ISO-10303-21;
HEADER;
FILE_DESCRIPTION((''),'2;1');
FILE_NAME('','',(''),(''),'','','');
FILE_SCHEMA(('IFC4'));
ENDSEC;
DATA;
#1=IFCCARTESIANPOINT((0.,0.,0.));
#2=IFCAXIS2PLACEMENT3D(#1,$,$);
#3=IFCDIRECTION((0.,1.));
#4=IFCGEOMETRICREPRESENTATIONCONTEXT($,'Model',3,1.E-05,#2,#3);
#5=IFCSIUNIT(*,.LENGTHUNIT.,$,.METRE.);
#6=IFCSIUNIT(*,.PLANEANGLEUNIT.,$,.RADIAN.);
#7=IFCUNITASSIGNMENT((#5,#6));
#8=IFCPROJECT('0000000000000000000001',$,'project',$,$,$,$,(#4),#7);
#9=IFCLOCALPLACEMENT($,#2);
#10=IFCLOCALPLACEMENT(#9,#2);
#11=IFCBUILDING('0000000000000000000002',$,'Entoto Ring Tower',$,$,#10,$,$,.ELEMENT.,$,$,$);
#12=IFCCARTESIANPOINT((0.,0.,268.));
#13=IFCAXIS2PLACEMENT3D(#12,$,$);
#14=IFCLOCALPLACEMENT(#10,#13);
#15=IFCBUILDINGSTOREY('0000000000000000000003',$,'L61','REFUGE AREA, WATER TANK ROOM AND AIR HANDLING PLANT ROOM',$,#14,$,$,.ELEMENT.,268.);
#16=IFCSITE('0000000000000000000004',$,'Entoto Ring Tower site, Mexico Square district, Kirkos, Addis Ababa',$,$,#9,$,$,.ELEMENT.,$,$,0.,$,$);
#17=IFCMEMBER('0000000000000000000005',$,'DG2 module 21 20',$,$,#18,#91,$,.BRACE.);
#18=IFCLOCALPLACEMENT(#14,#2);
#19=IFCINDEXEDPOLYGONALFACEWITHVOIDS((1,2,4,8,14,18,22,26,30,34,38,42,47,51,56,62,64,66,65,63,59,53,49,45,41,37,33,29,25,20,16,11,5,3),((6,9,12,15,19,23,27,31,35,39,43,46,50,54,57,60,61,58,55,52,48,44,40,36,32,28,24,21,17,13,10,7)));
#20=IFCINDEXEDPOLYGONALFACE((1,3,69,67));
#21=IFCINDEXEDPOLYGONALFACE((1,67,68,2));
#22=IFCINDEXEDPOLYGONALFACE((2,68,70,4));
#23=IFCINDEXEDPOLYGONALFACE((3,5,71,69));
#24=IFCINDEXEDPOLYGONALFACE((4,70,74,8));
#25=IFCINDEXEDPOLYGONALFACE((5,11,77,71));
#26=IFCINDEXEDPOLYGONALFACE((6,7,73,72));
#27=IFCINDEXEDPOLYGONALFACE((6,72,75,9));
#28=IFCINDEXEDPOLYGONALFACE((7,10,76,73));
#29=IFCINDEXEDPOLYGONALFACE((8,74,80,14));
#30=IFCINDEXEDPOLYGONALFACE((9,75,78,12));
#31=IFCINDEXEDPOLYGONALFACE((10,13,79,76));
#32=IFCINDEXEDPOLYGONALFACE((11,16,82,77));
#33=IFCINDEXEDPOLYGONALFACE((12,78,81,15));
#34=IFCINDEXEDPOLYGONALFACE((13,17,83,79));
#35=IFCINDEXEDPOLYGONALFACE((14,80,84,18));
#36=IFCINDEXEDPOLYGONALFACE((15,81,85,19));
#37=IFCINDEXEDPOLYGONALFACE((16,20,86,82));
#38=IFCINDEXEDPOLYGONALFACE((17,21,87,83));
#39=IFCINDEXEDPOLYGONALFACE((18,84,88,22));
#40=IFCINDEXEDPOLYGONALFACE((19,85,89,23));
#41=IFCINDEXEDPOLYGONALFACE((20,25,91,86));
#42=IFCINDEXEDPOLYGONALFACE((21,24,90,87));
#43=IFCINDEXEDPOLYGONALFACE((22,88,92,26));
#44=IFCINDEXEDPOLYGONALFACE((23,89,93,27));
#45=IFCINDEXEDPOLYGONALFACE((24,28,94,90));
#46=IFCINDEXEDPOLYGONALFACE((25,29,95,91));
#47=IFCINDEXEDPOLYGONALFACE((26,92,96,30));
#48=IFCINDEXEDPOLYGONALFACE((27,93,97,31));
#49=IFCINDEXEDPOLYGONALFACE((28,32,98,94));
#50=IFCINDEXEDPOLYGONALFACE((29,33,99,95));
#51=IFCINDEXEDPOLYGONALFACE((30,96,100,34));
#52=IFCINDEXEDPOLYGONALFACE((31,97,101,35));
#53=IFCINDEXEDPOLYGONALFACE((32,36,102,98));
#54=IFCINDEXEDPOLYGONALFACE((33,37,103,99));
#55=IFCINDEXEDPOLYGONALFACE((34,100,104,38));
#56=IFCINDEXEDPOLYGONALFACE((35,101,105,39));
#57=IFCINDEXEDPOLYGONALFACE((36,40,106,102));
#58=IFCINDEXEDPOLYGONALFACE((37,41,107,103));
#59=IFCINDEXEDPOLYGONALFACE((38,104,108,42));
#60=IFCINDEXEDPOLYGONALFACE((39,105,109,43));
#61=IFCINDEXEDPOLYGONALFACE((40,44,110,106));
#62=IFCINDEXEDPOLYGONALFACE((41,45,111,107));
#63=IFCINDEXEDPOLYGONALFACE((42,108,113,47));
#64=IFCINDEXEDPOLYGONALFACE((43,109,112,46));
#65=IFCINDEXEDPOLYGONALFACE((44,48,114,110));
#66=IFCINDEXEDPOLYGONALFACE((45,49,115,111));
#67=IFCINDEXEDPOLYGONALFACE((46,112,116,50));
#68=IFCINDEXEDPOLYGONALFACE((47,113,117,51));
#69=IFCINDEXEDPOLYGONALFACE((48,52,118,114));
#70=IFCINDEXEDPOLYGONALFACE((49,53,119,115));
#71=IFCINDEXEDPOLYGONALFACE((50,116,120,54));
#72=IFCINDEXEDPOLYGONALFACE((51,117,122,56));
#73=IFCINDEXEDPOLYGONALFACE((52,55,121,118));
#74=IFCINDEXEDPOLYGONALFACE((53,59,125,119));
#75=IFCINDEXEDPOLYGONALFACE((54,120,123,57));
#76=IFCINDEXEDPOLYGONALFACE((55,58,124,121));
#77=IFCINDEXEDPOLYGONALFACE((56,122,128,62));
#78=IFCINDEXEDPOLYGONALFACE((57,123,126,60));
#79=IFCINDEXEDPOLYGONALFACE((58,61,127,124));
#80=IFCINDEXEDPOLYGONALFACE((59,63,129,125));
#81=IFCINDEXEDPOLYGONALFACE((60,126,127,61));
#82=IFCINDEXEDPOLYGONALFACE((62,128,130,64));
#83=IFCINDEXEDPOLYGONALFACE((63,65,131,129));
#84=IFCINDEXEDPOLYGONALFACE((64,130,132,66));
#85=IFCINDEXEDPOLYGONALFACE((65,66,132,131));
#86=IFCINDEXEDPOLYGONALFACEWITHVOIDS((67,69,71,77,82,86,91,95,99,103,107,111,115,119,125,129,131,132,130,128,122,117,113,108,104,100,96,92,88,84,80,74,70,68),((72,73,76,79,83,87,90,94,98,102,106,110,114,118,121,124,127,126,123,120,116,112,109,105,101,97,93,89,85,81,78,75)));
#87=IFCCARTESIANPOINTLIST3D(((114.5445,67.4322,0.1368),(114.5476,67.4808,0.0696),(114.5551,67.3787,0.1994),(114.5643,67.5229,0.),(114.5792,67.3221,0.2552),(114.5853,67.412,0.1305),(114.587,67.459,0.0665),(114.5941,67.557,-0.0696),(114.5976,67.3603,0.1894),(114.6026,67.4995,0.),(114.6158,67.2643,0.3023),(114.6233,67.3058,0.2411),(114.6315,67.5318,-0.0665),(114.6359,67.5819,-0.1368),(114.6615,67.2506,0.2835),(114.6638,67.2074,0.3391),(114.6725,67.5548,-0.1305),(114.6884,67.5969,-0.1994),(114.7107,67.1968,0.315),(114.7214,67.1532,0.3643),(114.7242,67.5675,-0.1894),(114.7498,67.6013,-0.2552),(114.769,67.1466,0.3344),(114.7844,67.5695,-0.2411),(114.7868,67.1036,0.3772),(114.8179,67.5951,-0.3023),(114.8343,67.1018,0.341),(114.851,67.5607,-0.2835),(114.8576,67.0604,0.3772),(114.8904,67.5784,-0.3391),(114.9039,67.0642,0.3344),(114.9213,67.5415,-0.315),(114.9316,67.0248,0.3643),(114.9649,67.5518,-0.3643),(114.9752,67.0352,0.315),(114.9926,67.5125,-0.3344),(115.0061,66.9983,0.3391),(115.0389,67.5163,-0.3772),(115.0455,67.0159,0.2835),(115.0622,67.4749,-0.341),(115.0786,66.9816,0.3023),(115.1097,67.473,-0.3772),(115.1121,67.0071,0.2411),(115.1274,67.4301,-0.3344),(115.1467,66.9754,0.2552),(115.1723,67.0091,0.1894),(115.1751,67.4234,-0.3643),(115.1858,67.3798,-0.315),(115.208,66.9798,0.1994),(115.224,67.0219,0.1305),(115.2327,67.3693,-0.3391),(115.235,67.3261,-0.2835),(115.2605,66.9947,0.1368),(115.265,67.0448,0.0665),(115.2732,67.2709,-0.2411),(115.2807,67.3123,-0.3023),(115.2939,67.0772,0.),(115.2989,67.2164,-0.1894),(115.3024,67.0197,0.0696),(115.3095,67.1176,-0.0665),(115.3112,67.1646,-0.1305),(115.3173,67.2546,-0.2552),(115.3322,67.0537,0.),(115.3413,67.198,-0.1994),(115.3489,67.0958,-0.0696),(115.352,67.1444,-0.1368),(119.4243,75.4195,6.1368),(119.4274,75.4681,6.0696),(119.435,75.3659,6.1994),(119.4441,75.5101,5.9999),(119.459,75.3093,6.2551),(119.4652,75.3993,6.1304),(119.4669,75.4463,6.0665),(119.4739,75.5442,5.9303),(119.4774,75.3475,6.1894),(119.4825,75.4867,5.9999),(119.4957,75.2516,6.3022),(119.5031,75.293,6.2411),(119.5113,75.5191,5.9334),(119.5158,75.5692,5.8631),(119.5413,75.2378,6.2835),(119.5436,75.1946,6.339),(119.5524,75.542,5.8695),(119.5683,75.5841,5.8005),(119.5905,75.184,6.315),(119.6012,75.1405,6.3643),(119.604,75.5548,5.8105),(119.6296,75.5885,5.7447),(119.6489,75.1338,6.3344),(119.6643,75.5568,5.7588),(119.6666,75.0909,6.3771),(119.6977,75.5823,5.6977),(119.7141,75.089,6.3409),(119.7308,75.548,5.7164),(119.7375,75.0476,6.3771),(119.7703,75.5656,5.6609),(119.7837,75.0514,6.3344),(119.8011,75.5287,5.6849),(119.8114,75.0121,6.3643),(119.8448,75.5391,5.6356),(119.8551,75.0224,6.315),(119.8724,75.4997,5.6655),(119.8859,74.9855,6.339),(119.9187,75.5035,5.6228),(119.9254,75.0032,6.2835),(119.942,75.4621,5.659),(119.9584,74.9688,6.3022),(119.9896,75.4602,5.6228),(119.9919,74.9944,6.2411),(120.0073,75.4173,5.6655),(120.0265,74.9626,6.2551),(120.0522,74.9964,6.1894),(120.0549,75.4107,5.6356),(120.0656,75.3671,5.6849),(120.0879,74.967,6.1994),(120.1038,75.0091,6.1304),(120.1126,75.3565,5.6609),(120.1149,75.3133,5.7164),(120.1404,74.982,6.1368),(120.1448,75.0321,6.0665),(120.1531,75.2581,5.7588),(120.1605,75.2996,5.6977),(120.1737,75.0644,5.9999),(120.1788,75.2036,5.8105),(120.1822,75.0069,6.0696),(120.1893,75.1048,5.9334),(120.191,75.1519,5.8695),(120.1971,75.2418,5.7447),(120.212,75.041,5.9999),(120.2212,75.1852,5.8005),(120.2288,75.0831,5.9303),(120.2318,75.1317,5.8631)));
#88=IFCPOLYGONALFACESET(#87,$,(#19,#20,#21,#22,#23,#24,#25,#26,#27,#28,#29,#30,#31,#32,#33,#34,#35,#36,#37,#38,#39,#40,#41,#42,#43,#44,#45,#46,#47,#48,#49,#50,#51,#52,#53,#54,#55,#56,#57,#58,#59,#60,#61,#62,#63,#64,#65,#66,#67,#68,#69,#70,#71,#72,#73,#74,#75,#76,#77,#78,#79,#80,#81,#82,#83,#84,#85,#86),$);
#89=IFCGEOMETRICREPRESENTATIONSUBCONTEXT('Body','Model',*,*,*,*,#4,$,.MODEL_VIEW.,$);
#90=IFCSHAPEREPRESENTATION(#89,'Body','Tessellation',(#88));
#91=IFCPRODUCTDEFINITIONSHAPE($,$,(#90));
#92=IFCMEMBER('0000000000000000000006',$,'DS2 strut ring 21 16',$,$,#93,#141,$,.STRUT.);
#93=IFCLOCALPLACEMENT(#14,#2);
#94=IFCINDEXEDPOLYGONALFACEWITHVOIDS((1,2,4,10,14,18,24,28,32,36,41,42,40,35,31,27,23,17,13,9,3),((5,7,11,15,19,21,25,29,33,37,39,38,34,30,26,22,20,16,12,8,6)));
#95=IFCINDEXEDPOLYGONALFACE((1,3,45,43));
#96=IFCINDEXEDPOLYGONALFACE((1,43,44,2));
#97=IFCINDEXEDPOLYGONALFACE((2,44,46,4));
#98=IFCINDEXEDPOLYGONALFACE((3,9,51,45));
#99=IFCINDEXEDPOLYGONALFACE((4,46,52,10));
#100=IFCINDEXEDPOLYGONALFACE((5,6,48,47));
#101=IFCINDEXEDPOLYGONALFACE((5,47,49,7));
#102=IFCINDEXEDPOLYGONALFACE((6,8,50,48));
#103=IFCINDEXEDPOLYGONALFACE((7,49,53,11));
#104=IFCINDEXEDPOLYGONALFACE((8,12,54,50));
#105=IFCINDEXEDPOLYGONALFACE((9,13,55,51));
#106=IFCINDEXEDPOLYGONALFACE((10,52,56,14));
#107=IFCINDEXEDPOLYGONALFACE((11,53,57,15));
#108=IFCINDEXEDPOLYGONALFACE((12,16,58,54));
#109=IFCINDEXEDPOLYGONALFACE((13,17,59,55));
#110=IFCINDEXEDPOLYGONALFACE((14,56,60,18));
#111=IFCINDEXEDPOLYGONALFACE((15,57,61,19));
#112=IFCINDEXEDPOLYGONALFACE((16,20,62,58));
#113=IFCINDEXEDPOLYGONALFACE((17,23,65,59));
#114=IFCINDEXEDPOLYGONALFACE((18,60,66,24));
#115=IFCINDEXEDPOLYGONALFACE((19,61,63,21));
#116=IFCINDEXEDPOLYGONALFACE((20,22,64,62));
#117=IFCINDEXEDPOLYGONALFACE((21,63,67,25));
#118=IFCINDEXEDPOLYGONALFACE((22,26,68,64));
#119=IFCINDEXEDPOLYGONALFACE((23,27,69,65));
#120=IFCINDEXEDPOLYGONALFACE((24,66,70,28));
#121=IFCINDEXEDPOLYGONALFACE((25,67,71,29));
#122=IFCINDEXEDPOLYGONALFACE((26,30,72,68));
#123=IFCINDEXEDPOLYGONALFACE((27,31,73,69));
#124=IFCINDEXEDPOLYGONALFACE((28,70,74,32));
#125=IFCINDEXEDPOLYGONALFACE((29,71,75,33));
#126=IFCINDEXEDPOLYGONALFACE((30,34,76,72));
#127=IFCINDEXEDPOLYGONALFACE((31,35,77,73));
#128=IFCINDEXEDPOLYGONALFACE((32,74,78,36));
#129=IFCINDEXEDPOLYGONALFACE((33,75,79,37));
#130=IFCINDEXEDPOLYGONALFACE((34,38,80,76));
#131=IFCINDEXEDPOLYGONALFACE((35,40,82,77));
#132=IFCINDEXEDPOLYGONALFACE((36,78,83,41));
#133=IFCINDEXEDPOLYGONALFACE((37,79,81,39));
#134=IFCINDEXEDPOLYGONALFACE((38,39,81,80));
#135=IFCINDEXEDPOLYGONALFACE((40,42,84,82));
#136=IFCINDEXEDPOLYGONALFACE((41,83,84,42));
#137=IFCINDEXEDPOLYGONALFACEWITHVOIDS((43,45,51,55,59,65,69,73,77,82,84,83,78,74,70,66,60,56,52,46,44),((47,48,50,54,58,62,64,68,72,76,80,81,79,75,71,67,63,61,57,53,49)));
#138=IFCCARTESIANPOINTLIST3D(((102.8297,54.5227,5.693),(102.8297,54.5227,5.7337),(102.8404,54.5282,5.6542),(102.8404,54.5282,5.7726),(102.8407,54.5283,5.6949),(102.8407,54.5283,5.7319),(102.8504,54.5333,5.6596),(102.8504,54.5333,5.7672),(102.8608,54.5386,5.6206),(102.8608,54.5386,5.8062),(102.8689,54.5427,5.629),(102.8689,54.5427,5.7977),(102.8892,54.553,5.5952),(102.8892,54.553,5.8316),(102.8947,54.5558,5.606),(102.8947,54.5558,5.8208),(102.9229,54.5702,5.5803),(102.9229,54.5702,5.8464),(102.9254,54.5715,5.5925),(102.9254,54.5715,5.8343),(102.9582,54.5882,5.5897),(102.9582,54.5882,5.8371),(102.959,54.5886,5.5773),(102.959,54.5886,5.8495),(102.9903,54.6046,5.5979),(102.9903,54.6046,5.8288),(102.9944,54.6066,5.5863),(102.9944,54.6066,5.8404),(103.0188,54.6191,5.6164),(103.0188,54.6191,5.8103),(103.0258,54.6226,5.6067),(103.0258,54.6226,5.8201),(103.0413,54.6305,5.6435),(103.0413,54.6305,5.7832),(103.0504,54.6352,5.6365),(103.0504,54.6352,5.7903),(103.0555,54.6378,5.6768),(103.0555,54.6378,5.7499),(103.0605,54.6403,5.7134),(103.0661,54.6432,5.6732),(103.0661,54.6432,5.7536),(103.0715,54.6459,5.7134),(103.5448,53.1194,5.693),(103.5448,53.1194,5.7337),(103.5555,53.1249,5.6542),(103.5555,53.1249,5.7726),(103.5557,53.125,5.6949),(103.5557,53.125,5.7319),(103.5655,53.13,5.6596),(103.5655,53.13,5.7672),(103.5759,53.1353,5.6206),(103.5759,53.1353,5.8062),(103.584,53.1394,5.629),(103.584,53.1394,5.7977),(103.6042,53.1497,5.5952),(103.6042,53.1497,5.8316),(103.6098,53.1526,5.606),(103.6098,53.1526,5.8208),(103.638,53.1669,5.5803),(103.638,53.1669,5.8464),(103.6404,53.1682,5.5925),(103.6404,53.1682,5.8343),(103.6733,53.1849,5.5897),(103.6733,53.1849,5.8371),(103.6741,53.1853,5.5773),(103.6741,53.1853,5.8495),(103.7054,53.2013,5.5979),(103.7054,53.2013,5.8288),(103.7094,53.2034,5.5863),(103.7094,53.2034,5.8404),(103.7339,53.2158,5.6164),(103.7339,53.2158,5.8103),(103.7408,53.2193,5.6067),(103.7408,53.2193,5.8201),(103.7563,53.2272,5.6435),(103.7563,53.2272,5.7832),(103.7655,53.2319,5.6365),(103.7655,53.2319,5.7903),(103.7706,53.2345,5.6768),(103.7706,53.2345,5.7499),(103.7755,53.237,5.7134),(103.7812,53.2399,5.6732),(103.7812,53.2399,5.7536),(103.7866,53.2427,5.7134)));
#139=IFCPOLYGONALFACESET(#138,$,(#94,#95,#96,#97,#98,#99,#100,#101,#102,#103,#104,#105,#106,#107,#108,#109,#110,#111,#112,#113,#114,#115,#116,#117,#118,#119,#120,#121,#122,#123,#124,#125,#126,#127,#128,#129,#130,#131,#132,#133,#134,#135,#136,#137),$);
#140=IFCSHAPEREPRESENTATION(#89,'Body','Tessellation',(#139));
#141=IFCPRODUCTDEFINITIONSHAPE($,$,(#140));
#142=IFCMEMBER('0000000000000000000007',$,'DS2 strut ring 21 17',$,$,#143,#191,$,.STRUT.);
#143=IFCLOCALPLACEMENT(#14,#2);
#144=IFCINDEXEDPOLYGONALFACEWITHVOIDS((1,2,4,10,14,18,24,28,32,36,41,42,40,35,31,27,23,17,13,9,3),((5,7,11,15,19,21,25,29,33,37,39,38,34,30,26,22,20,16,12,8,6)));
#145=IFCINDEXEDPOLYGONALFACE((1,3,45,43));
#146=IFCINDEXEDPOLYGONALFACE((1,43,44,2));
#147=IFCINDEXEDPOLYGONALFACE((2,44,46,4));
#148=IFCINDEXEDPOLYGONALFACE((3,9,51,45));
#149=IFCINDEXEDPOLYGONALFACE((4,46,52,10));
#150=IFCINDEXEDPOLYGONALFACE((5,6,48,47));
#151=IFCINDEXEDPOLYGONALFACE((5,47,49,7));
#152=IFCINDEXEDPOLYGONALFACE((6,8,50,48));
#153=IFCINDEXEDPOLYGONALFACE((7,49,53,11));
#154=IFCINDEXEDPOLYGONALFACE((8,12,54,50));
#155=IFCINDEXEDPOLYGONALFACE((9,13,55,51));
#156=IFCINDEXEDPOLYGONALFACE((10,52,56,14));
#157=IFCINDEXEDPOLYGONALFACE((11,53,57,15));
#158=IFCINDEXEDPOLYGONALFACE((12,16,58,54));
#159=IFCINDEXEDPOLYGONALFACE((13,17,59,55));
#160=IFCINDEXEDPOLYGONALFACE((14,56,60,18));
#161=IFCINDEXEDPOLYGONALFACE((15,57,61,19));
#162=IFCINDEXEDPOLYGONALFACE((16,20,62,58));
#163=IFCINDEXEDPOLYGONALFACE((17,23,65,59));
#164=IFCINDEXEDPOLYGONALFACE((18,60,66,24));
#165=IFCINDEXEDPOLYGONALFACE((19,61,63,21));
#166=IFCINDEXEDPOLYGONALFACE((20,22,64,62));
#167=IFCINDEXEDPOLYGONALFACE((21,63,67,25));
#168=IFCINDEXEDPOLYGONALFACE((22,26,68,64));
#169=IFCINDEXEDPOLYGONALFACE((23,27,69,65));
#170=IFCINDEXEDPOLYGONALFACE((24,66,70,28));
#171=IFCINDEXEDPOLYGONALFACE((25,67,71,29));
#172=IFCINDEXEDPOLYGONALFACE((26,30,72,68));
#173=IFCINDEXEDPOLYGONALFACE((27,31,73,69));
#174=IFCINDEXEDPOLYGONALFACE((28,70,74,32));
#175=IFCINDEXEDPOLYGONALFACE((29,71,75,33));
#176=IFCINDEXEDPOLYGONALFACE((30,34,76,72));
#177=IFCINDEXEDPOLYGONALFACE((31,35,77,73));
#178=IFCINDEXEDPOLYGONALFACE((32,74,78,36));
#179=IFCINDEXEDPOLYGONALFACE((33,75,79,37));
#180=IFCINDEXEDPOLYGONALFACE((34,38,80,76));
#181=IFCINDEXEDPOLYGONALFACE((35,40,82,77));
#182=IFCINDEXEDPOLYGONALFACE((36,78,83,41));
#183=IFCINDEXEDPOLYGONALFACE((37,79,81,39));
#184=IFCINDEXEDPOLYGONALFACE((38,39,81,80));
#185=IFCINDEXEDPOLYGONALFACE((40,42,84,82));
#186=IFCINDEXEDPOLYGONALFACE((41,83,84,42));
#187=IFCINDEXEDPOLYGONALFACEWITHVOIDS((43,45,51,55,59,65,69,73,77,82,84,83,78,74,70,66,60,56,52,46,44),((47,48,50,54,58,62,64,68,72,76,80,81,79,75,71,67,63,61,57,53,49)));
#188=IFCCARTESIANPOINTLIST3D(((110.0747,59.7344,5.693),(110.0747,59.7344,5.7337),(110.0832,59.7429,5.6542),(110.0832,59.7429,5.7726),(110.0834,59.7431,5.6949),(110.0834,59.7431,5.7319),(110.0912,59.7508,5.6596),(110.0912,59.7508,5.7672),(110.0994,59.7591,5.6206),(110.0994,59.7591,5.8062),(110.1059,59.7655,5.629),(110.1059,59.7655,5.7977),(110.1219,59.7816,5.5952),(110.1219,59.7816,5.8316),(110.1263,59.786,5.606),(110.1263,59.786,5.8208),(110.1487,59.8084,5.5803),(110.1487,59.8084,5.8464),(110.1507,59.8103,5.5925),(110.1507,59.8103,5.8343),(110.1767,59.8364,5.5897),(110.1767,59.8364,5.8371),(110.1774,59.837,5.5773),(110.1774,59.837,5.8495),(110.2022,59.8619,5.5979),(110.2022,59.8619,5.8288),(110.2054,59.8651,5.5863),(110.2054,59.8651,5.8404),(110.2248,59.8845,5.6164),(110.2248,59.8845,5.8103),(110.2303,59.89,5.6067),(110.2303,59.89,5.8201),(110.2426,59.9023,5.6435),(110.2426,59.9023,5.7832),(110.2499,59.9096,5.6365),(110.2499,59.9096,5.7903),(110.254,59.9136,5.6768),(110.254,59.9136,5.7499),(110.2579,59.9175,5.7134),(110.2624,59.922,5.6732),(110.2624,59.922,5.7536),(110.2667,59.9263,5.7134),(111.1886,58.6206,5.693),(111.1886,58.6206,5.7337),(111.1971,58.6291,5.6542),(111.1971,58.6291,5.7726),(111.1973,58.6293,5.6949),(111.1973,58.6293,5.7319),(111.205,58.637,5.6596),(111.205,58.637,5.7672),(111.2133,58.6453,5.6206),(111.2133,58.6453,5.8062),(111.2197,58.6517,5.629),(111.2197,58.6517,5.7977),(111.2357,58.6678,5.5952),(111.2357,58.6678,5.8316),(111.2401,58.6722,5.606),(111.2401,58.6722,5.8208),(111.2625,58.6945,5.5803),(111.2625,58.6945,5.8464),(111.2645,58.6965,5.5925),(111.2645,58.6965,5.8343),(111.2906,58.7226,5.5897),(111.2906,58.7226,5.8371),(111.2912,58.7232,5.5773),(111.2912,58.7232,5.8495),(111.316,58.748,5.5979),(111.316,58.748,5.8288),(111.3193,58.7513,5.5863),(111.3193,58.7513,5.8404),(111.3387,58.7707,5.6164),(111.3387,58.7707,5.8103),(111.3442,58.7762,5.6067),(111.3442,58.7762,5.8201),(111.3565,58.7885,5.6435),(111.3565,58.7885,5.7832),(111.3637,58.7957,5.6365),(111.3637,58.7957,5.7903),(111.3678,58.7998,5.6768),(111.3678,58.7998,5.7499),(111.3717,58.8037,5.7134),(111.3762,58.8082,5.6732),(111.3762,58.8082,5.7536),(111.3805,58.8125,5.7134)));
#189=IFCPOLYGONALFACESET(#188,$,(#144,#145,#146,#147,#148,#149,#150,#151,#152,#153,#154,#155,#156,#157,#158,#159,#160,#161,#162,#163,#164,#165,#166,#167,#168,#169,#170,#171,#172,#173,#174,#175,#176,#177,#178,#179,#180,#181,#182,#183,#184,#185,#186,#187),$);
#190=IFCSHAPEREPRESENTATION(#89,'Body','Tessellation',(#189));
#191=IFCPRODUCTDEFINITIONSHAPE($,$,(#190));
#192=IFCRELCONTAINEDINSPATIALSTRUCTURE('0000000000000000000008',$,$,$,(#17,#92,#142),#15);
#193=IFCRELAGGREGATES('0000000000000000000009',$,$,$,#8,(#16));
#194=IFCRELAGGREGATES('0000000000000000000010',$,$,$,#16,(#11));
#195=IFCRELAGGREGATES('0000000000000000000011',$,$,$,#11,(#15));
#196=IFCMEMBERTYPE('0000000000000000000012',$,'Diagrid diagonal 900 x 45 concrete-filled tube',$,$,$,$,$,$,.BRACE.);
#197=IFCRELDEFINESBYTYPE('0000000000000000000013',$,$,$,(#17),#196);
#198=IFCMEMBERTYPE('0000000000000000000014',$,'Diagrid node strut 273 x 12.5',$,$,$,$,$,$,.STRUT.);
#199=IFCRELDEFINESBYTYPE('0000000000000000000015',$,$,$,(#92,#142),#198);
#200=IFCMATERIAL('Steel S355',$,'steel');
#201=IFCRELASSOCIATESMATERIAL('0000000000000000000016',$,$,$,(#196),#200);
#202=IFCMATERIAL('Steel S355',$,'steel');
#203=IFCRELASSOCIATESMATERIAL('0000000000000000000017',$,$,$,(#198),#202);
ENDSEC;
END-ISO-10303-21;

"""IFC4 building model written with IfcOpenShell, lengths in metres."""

from ifc_helpers import new_model, si_unit, direction, frame, origin, origin_2d, place, context, subcontext, project, spatial, circle, hollow_circle, extrude, material, material_profile, profile_set, type_object, element, save


model = new_model("IFC4")

# Units and contexts
model_context = context("Model", 3, precision=1e-05, world=origin(), true_north=direction((0.0, 1.0)))
body_context = subcontext(model_context, "Body", "Model", "MODEL_VIEW")
ifc_project = project(units=[si_unit("LENGTHUNIT", "METRE"), si_unit("PLANEANGLEUNIT", "RADIAN")], contexts=[model_context])

# Site, building, storey
site_placement = place(None, origin())
site = spatial("IfcSite", under=ifc_project, at=site_placement, Name="Entoto Ring Tower site, Mexico Square district, Kirkos, Addis Ababa", CompositionType="ELEMENT", RefElevation=0.0)
building_placement = place(site_placement, origin())
building = spatial("IfcBuilding", under=site, at=building_placement, Name="Entoto Ring Tower", CompositionType="ELEMENT")
storey_placement = place(building_placement, frame((0.0, 0.0, 268.0)))
storey = spatial("IfcBuildingStorey", under=building, at=storey_placement, Name="L61", Description="REFUGE AREA, WATER TANK ROOM AND AIR HANDLING PLANT ROOM", CompositionType="ELEMENT", Elevation=268.0)

# Members
ifc_material_1 = material(Name="Steel S355", Category="steel")
ifc_material_profile_1 = material_profile(ifc_material_1, hollow_circle(Radius=0.45, WallThickness=0.0449, at=origin_2d()), Name="CHS 900 x 45")
ifc_material_2 = material(Name="Concrete C60/75", Category="concrete")
ifc_material_profile_2 = material_profile(ifc_material_2, circle(Radius=0.405, at=origin_2d()), Name="Concrete C60/75 infill")
ifc_profile_set_1 = profile_set([ifc_material_profile_1, ifc_material_profile_2], Name="Steel S355")
member_type_1 = type_object("IfcMemberType", Name="Diagrid diagonal 900 x 45 concrete-filled tube", PredefinedType="BRACE", material=ifc_profile_set_1)
member_1_placement = place(storey_placement, frame((114.9482, 67.2883, 0.0), z_axis=(0.438917, 0.718411, 0.539665), x_axis=(-0.853341, 0.521353, 0.0)))
element("IfcMember", 1, at=member_1_placement, inside=storey, type_object=member_type_1, Name="DG2 module 21 20", PredefinedType="BRACE", context=body_context, shape_type="SweptSolid", body=[
    extrude(hollow_circle(Radius=0.45, WallThickness=0.0449, at=origin_2d()), origin(), (0.0, 0.0, 1.0), 11.1179),
])
ifc_material_3 = material(Name="Steel S355", Category="steel")
ifc_material_profile_3 = material_profile(ifc_material_3, hollow_circle(Radius=0.1365, WallThickness=0.0125, at=origin_2d()), Name="CHS 273 x 12.5")
ifc_material_4 = material(Name="Concrete C60/75", Category="concrete")
ifc_material_profile_4 = material_profile(ifc_material_4, circle(Radius=0.124, at=origin_2d()), Name="Concrete C60/75 infill")
ifc_profile_set_2 = profile_set([ifc_material_profile_3, ifc_material_profile_4], Name="Steel S355")
member_type_2 = type_object("IfcMemberType", Name="Diagrid node strut 273 x 12.5", PredefinedType="STRUT", material=ifc_profile_set_2)
member_2_placement = place(storey_placement, frame((102.95, 54.584, 5.7134), z_axis=(0.454021, -0.890991, 0.0), x_axis=(0.890991, 0.454021, 0.0)))
element("IfcMember", 2, at=member_2_placement, inside=storey, type_object=member_type_2, Name="DS2 strut ring 21 16", PredefinedType="STRUT", context=body_context, shape_type="SweptSolid", body=[
    extrude(hollow_circle(Radius=0.1365, WallThickness=0.0125, at=origin_2d()), origin(), (0.0, 0.0, 1.0), 1.575),
])
member_3_placement = place(storey_placement, frame((110.1702, 59.8298, 5.7134), z_axis=(0.707107, -0.707107, 0.0), x_axis=(0.707107, 0.707107, 0.0)))
element("IfcMember", 3, at=member_3_placement, inside=storey, type_object=member_type_2, Name="DS2 strut ring 21 17", PredefinedType="STRUT", context=body_context, shape_type="SweptSolid", body=[
    extrude(hollow_circle(Radius=0.1365, WallThickness=0.0125, at=origin_2d()), origin(), (0.0, 0.0, 1.0), 1.5752),
])

save(model, "model.ifc")
